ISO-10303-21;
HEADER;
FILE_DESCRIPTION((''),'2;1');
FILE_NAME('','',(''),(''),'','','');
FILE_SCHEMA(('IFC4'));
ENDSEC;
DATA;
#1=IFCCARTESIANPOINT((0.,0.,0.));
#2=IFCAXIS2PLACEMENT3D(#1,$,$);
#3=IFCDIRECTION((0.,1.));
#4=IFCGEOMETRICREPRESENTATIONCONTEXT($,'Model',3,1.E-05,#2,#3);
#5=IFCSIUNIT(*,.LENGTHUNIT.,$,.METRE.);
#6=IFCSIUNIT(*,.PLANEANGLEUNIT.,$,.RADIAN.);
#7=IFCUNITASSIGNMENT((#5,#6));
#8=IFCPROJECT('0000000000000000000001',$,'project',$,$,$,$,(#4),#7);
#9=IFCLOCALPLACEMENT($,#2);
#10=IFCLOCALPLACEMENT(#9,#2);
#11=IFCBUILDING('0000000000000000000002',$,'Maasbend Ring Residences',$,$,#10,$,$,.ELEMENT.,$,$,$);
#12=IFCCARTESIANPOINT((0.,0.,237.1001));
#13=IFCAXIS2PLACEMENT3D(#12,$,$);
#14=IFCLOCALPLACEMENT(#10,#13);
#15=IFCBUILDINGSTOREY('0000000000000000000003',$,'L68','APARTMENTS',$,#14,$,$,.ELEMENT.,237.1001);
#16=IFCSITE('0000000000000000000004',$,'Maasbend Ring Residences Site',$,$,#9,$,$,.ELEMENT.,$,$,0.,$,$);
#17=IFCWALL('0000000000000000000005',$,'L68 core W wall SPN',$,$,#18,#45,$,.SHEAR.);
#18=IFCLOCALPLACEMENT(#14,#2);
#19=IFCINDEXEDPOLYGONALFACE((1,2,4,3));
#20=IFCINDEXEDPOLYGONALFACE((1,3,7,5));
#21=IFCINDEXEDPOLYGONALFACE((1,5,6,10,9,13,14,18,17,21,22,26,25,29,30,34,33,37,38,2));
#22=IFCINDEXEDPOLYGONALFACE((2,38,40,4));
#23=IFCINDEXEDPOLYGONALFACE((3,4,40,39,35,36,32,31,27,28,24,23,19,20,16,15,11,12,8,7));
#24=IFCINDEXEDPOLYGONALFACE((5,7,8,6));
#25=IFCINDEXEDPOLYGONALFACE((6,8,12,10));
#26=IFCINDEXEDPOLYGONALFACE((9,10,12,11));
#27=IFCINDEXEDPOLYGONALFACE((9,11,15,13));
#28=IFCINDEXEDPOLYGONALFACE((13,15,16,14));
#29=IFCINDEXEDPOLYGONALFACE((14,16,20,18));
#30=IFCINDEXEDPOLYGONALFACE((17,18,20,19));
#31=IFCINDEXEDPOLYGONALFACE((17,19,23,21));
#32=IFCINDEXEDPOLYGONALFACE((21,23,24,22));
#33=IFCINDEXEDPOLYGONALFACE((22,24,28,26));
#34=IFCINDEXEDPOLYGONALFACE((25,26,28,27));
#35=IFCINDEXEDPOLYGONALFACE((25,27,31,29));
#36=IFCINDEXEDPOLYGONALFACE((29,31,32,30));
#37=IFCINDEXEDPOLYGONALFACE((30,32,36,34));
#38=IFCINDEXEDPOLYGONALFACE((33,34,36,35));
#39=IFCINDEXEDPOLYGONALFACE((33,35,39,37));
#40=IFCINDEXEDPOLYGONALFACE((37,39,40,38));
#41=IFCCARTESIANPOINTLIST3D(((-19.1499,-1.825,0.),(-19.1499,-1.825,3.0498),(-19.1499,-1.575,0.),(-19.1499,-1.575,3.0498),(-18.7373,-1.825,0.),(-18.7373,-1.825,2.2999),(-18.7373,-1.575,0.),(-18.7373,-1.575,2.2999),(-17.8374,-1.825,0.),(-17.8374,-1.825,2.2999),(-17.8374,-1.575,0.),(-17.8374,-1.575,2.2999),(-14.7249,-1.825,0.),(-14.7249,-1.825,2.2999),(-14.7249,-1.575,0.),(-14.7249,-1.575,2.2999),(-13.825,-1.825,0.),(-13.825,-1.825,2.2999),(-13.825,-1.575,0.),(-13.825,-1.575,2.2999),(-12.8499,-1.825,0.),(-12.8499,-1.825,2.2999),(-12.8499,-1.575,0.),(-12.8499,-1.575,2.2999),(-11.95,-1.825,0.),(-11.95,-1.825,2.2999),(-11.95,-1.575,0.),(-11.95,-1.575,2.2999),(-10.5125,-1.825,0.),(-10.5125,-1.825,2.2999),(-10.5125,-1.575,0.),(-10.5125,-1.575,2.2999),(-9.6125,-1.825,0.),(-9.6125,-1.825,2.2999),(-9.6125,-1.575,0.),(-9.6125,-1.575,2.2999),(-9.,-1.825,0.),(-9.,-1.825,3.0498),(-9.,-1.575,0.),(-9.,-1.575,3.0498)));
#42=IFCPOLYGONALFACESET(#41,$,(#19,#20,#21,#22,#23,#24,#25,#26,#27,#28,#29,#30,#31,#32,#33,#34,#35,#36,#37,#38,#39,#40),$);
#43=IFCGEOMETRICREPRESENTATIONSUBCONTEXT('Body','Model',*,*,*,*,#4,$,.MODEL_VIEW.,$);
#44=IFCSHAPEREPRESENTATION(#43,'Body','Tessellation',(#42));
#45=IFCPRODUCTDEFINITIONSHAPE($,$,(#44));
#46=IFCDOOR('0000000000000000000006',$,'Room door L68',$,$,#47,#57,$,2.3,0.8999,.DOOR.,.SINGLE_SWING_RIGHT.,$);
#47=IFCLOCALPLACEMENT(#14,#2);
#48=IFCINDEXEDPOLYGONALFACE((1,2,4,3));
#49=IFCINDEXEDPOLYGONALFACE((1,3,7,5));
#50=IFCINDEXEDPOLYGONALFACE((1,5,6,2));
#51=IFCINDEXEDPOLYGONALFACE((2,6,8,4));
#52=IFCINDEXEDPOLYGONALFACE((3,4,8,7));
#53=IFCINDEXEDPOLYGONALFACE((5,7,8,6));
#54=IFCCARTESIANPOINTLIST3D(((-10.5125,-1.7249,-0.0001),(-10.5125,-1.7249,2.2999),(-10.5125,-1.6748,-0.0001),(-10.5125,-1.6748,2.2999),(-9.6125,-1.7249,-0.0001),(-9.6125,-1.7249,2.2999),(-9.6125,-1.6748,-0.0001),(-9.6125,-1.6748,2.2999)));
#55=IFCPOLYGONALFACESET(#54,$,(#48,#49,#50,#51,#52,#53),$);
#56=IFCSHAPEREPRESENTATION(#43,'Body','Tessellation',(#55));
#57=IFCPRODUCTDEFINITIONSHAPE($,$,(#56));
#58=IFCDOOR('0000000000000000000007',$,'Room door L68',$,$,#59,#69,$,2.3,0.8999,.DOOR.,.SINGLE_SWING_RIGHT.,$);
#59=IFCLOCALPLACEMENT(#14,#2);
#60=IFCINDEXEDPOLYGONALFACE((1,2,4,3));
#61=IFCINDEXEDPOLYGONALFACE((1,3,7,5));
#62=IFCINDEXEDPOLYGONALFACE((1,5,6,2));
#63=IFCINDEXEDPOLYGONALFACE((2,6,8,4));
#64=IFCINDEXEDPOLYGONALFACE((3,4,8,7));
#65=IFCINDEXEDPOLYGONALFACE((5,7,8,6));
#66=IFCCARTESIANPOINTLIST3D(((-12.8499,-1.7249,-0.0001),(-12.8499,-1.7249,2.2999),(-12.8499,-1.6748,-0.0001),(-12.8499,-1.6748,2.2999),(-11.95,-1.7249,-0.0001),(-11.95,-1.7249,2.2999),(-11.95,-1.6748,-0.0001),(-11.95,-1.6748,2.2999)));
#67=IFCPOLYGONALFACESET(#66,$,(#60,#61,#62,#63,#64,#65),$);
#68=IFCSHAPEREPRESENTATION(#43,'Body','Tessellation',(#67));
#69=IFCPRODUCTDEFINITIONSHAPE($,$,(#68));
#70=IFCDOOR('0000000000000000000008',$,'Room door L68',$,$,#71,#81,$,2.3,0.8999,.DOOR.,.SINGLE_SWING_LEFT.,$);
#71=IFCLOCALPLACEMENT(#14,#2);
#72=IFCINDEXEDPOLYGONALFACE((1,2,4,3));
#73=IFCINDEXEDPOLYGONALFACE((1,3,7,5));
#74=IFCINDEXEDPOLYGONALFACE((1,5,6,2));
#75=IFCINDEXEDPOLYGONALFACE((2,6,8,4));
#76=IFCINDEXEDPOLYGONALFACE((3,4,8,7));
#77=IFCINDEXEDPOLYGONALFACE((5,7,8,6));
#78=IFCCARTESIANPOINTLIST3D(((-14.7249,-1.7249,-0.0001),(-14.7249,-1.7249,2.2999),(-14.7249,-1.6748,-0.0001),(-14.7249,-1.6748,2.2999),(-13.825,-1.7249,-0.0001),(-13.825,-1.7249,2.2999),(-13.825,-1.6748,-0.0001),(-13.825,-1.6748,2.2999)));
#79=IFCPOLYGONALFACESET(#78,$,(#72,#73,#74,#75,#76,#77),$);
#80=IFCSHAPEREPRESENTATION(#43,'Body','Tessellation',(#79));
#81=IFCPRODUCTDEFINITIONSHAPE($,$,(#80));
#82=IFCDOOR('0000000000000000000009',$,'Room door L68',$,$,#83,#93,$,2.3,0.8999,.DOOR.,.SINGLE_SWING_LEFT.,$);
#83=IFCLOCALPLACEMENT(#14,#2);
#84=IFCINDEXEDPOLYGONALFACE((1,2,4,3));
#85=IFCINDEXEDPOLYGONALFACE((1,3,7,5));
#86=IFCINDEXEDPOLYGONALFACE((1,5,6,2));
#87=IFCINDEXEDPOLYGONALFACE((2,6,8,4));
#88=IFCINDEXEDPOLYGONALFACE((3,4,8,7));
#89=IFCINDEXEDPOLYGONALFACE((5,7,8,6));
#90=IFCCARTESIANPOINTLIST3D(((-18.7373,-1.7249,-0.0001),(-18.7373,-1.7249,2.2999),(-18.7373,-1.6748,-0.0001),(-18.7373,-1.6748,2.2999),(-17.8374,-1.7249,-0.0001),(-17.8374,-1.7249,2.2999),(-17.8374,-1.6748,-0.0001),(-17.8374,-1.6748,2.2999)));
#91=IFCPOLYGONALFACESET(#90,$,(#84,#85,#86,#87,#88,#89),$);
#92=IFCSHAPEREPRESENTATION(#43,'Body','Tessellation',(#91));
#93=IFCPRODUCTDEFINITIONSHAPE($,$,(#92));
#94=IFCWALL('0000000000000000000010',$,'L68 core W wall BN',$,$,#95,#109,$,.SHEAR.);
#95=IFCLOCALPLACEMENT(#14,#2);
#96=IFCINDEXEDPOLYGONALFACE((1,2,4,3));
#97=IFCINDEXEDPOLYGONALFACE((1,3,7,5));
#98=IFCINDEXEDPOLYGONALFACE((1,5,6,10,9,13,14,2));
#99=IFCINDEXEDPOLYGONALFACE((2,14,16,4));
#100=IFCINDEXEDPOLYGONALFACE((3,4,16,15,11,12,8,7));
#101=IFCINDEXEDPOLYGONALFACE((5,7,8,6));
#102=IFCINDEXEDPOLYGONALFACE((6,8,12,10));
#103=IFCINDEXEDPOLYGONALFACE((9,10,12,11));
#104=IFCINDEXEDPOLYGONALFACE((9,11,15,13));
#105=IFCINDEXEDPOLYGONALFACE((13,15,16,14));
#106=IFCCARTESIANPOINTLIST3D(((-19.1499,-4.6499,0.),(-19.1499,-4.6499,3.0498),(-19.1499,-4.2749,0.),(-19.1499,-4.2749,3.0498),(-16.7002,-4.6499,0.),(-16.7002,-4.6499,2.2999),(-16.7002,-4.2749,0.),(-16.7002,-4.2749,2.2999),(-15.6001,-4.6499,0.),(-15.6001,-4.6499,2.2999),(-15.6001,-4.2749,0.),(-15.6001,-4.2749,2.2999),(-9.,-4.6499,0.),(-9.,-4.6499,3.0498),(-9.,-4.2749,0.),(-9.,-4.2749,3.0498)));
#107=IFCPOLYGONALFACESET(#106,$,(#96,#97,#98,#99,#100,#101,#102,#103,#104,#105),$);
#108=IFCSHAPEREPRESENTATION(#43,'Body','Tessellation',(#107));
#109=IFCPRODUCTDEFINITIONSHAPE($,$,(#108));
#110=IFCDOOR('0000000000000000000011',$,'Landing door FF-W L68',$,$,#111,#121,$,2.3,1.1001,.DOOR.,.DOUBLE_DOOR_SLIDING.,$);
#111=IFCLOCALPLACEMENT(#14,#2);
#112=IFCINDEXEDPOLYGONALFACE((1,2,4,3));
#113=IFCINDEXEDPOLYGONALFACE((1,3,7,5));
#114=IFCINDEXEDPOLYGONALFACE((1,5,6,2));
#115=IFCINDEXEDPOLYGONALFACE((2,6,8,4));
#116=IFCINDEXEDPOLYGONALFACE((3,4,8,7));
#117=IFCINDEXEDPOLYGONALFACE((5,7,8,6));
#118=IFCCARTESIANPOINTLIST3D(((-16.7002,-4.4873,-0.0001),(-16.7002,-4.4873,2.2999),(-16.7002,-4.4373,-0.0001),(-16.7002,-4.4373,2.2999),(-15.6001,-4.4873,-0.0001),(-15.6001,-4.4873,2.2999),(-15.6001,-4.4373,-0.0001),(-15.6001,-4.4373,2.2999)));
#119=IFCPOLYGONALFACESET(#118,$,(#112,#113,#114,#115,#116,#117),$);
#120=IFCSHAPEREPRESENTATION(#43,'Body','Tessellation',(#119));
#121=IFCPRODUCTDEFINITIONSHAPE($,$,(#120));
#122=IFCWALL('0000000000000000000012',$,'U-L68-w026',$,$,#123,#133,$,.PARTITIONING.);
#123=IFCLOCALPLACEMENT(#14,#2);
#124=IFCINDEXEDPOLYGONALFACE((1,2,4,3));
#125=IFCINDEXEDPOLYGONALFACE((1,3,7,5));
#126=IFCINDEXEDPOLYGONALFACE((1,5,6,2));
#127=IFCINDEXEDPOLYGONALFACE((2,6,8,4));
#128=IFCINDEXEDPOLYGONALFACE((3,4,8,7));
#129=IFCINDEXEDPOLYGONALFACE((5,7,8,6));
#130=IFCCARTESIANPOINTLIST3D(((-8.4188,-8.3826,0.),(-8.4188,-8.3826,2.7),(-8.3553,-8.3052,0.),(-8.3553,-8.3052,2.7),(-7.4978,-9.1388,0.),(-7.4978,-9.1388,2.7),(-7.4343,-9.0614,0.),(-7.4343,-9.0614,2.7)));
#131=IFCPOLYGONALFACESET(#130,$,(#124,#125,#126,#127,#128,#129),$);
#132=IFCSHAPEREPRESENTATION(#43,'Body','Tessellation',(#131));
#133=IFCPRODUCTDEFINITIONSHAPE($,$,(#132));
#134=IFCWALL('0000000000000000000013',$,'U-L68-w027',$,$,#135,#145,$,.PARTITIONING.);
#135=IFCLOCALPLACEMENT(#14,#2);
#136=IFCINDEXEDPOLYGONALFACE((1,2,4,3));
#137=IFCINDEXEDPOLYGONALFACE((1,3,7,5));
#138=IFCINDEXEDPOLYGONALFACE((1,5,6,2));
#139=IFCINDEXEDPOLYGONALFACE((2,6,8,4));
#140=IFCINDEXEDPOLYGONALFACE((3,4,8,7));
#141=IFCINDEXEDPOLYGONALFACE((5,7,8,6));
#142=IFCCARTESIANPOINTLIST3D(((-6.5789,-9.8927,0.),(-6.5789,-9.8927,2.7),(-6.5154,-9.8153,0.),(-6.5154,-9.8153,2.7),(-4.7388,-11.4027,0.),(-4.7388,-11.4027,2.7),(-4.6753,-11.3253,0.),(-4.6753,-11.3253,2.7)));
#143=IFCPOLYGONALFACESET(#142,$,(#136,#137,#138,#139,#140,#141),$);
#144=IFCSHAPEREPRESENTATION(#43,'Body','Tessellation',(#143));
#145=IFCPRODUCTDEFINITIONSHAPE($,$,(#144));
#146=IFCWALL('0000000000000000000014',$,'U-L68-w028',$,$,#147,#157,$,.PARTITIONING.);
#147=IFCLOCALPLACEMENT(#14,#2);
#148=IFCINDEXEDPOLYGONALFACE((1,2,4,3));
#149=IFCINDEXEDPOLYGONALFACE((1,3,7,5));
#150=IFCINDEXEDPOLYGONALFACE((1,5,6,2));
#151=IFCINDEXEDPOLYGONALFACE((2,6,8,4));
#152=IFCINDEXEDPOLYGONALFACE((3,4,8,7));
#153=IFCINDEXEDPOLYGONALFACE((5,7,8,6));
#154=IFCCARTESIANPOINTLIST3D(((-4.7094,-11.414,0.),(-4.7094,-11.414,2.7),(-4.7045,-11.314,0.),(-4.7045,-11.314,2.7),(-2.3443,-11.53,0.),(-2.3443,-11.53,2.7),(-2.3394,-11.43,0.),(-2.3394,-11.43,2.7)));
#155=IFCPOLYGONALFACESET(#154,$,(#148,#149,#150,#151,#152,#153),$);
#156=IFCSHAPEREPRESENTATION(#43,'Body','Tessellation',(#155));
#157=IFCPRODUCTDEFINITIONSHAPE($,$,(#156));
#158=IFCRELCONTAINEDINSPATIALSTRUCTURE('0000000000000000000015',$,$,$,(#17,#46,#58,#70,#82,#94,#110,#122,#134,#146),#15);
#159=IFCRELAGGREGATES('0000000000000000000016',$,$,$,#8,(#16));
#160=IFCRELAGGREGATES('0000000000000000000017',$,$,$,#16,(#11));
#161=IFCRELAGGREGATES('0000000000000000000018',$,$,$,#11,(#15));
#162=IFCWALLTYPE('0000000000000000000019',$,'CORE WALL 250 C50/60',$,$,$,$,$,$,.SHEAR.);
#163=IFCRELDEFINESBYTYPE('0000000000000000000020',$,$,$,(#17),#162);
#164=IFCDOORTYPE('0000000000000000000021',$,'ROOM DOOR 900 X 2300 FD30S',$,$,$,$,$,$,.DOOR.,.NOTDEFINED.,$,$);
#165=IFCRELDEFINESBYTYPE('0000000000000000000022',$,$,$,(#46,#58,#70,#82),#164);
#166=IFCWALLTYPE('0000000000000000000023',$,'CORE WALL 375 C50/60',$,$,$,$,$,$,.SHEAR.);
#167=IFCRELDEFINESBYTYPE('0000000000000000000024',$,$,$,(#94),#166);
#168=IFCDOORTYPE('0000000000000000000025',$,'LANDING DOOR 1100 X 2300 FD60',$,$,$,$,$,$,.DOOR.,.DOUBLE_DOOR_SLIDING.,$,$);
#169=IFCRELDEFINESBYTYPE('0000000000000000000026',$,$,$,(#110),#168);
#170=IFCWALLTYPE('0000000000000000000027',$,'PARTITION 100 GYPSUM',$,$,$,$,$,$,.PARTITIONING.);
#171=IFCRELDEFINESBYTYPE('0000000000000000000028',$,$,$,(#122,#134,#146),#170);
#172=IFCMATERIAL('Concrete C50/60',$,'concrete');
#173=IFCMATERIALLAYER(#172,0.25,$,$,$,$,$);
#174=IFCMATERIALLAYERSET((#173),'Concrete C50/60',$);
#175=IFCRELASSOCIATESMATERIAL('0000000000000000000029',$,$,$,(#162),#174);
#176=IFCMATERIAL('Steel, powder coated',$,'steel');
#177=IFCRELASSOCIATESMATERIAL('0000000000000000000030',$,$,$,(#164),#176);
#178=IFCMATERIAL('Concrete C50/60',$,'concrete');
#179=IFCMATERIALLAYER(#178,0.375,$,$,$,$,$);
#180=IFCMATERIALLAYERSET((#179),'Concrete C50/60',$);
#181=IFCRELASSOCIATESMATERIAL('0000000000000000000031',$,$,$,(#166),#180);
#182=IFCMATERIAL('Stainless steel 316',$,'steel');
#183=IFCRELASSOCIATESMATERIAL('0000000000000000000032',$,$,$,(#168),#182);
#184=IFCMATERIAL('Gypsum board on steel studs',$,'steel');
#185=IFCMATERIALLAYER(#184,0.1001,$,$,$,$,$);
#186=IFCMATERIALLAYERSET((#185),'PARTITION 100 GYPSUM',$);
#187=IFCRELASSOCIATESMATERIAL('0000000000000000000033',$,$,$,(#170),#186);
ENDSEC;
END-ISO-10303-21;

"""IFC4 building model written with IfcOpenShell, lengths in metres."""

from ifc_helpers import new_model, si_unit, direction, frame, frame_2d, origin, place, context, subcontext, project, spatial, rectangle, extrude, material, layer, layer_set, type_object, element, fill, save


model = new_model("IFC4")

# Units and contexts
model_context = context("Model", 3, precision=1e-05, world=origin(), true_north=direction((0.0, 1.0)))
body_context = subcontext(model_context, "Body", "Model", "MODEL_VIEW")
ifc_project = project(units=[si_unit("LENGTHUNIT", "METRE"), si_unit("PLANEANGLEUNIT", "RADIAN")], contexts=[model_context])

# Site, building, storey
site_placement = place(None, origin())
site = spatial("IfcSite", under=ifc_project, at=site_placement, Name="Maasbend Ring Residences Site", CompositionType="ELEMENT", RefElevation=0.0)
building_placement = place(site_placement, origin())
building = spatial("IfcBuilding", under=site, at=building_placement, Name="Maasbend Ring Residences", CompositionType="ELEMENT")
storey_placement = place(building_placement, frame((0.0, 0.0, 237.1001)))
storey = spatial("IfcBuildingStorey", under=building, at=storey_placement, Name="L68", Description="APARTMENTS", CompositionType="ELEMENT", Elevation=237.1001)

# Wall, openings, doors
ifc_material_1 = material(Name="Concrete C50/60", Category="concrete")
ifc_layer_1 = layer(ifc_material_1, 0.25)
ifc_layer_set_1 = layer_set([ifc_layer_1], Name="Concrete C50/60")
wall_type_1 = type_object("IfcWallType", Name="CORE WALL 250 C50/60", PredefinedType="SHEAR", material=ifc_layer_set_1)
wall_1_placement = place(storey_placement, frame((-9.0, -1.7, 0.0), z_axis=(0.0, 0.0, 1.0), x_axis=(-1.0, 0.0, 0.0)))
wall_1 = element("IfcWall", 1, at=wall_1_placement, inside=storey, type_object=wall_type_1, Name="L68 core W wall SPN", PredefinedType="SHEAR", context=body_context, shape_type="SweptSolid", body=[
    extrude(rectangle(XDim=10.1499, YDim=0.25, at=frame_2d((5.075, 0.0))), origin(), (0.0, 0.0, 1.0), 3.0498),
])
opening_1_placement = place(wall_1_placement, frame((0.6125, 0.0, 0.0)))
opening_1 = element("IfcOpeningElement", 2, at=opening_1_placement, cuts=wall_1, PredefinedType="OPENING", context=body_context, shape_type="SweptSolid", body=[
    extrude(rectangle(XDim=0.8999, YDim=2.3, at=frame_2d((0.45, 1.1499))), frame((0.0, 0.135, 0.0), z_axis=(0.0, -1.0, 0.0), x_axis=(1.0, 0.0, 0.0)), (0.0, 0.0, 1.0), 0.27),
])
opening_2_placement = place(wall_1_placement, frame((2.95, 0.0, 0.0)))
opening_2 = element("IfcOpeningElement", 3, at=opening_2_placement, cuts=wall_1, PredefinedType="OPENING", context=body_context, shape_type="SweptSolid", body=[
    extrude(rectangle(XDim=0.8999, YDim=2.3, at=frame_2d((0.45, 1.1499))), frame((0.0, 0.135, 0.0), z_axis=(0.0, -1.0, 0.0), x_axis=(1.0, 0.0, 0.0)), (0.0, 0.0, 1.0), 0.27),
])
opening_3_placement = place(wall_1_placement, frame((4.825, 0.0, 0.0)))
opening_3 = element("IfcOpeningElement", 4, at=opening_3_placement, cuts=wall_1, PredefinedType="OPENING", context=body_context, shape_type="SweptSolid", body=[
    extrude(rectangle(XDim=0.8999, YDim=2.3, at=frame_2d((0.45, 1.1499))), frame((0.0, 0.135, 0.0), z_axis=(0.0, -1.0, 0.0), x_axis=(1.0, 0.0, 0.0)), (0.0, 0.0, 1.0), 0.27),
])
opening_4_placement = place(wall_1_placement, frame((8.8374, 0.0, 0.0)))
opening_4 = element("IfcOpeningElement", 5, at=opening_4_placement, cuts=wall_1, PredefinedType="OPENING", context=body_context, shape_type="SweptSolid", body=[
    extrude(rectangle(XDim=0.8999, YDim=2.3, at=frame_2d((0.45, 1.1499))), frame((0.0, 0.135, 0.0), z_axis=(0.0, -1.0, 0.0), x_axis=(1.0, 0.0, 0.0)), (0.0, 0.0, 1.0), 0.27),
])
ifc_material_2 = material(Name="Steel, powder coated", Category="steel")
door_type_1 = type_object("IfcDoorType", Name="ROOM DOOR 900 X 2300 FD30S", OperationType="NOTDEFINED", PredefinedType="DOOR", material=ifc_material_2)
door_1_placement = place(opening_1_placement, origin())
door_1 = element("IfcDoor", 6, at=door_1_placement, inside=storey, type_object=door_type_1, Name="Room door L68", OperationType="SINGLE_SWING_RIGHT", OverallHeight=2.3, OverallWidth=0.8999, PredefinedType="DOOR", context=body_context, shape_type="SweptSolid", body=[
    extrude(rectangle(XDim=0.8999, YDim=2.3, at=frame_2d((0.45, 1.1499))), frame((0.0, 0.0249, 0.0), z_axis=(0.0, -1.0, 0.0), x_axis=(1.0, 0.0, 0.0)), (0.0, 0.0, 1.0), 0.05),
])
fill(opening_1, door_1)
door_2_placement = place(opening_2_placement, origin())
door_2 = element("IfcDoor", 7, at=door_2_placement, inside=storey, type_object=door_type_1, Name="Room door L68", OperationType="SINGLE_SWING_RIGHT", OverallHeight=2.3, OverallWidth=0.8999, PredefinedType="DOOR", context=body_context, shape_type="SweptSolid", body=[
    extrude(rectangle(XDim=0.8999, YDim=2.3, at=frame_2d((0.45, 1.1499))), frame((0.0, 0.0249, 0.0), z_axis=(0.0, -1.0, 0.0), x_axis=(1.0, 0.0, 0.0)), (0.0, 0.0, 1.0), 0.05),
])
fill(opening_2, door_2)
door_3_placement = place(opening_3_placement, origin())
door_3 = element("IfcDoor", 8, at=door_3_placement, inside=storey, type_object=door_type_1, Name="Room door L68", OperationType="SINGLE_SWING_LEFT", OverallHeight=2.3, OverallWidth=0.8999, PredefinedType="DOOR", context=body_context, shape_type="SweptSolid", body=[
    extrude(rectangle(XDim=0.8999, YDim=2.3, at=frame_2d((0.45, 1.1499))), frame((0.0, 0.0249, 0.0), z_axis=(0.0, -1.0, 0.0), x_axis=(1.0, 0.0, 0.0)), (0.0, 0.0, 1.0), 0.05),
])
fill(opening_3, door_3)
door_4_placement = place(opening_4_placement, origin())
door_4 = element("IfcDoor", 9, at=door_4_placement, inside=storey, type_object=door_type_1, Name="Room door L68", OperationType="SINGLE_SWING_LEFT", OverallHeight=2.3, OverallWidth=0.8999, PredefinedType="DOOR", context=body_context, shape_type="SweptSolid", body=[
    extrude(rectangle(XDim=0.8999, YDim=2.3, at=frame_2d((0.45, 1.1499))), frame((0.0, 0.0249, 0.0), z_axis=(0.0, -1.0, 0.0), x_axis=(1.0, 0.0, 0.0)), (0.0, 0.0, 1.0), 0.05),
])
fill(opening_4, door_4)

# Wall, opening, door
ifc_material_3 = material(Name="Concrete C50/60", Category="concrete")
ifc_layer_2 = layer(ifc_material_3, 0.375)
ifc_layer_set_2 = layer_set([ifc_layer_2], Name="Concrete C50/60")
wall_type_2 = type_object("IfcWallType", Name="CORE WALL 375 C50/60", PredefinedType="SHEAR", material=ifc_layer_set_2)
wall_2_placement = place(storey_placement, frame((-9.0, -4.4624, 0.0), z_axis=(0.0, 0.0, 1.0), x_axis=(-1.0, 0.0, 0.0)))
wall_2 = element("IfcWall", 10, at=wall_2_placement, inside=storey, type_object=wall_type_2, Name="L68 core W wall BN", PredefinedType="SHEAR", context=body_context, shape_type="SweptSolid", body=[
    extrude(rectangle(XDim=10.1499, YDim=0.375, at=frame_2d((5.075, 0.0))), origin(), (0.0, 0.0, 1.0), 3.0498),
])
opening_5_placement = place(wall_2_placement, frame((6.6001, 0.0, 0.0)))
opening_5 = element("IfcOpeningElement", 11, at=opening_5_placement, cuts=wall_2, PredefinedType="OPENING", context=body_context, shape_type="SweptSolid", body=[
    extrude(rectangle(XDim=1.1001, YDim=2.3, at=frame_2d((0.55, 1.1499))), frame((0.0, 0.1975, 0.0), z_axis=(0.0, -1.0, 0.0), x_axis=(1.0, 0.0, 0.0)), (0.0, 0.0, 1.0), 0.395),
])
ifc_material_4 = material(Name="Stainless steel 316", Category="steel")
door_type_2 = type_object("IfcDoorType", Name="LANDING DOOR 1100 X 2300 FD60", OperationType="DOUBLE_DOOR_SLIDING", PredefinedType="DOOR", material=ifc_material_4)
door_5_placement = place(opening_5_placement, origin())
door_5 = element("IfcDoor", 12, at=door_5_placement, inside=storey, type_object=door_type_2, Name="Landing door FF-W L68", OperationType="DOUBLE_DOOR_SLIDING", OverallHeight=2.3, OverallWidth=1.1001, PredefinedType="DOOR", context=body_context, shape_type="SweptSolid", body=[
    extrude(rectangle(XDim=1.1001, YDim=2.3, at=frame_2d((0.55, 1.1499))), frame((0.0, 0.0249, 0.0), z_axis=(0.0, -1.0, 0.0), x_axis=(1.0, 0.0, 0.0)), (0.0, 0.0, 1.0), 0.05),
])
fill(opening_5, door_5)

# Walls
ifc_material_5 = material(Name="Gypsum board on steel studs", Category="steel")
ifc_layer_3 = layer(ifc_material_5, 0.1001)
ifc_layer_set_3 = layer_set([ifc_layer_3], Name="PARTITION 100 GYPSUM")
wall_type_3 = type_object("IfcWallType", Name="PARTITION 100 GYPSUM", PredefinedType="PARTITIONING", material=ifc_layer_set_3)
wall_3_placement = place(storey_placement, frame((-8.387, -8.344, 0.0), z_axis=(0.0, 0.0, 1.0), x_axis=(0.77287, -0.634565, 0.0)))
element("IfcWall", 13, at=wall_3_placement, inside=storey, type_object=wall_type_3, Name="U-L68-w026", PredefinedType="PARTITIONING", context=body_context, shape_type="SweptSolid", body=[
    extrude(rectangle(XDim=1.1917, YDim=0.1001, at=frame_2d((0.5957, 0.0))), origin(), (0.0, 0.0, 1.0), 2.7),
])
wall_4_placement = place(storey_placement, frame((-6.5471, -9.854, 0.0), z_axis=(0.0, 0.0, 1.0), x_axis=(0.773033, -0.634365, 0.0)))
element("IfcWall", 14, at=wall_4_placement, inside=storey, type_object=wall_type_3, Name="U-L68-w027", PredefinedType="PARTITIONING", context=body_context, shape_type="SweptSolid", body=[
    extrude(rectangle(XDim=2.3804, YDim=0.1001, at=frame_2d((1.1902, 0.0))), origin(), (0.0, 0.0, 1.0), 2.7),
])
wall_5_placement = place(storey_placement, frame((-4.707, -11.364, 0.0), z_axis=(0.0, 0.0, 1.0), x_axis=(0.9988, -0.048976, 0.0)))
element("IfcWall", 15, at=wall_5_placement, inside=storey, type_object=wall_type_3, Name="U-L68-w028", PredefinedType="PARTITIONING", context=body_context, shape_type="SweptSolid", body=[
    extrude(rectangle(XDim=2.3679, YDim=0.1001, at=frame_2d((1.1841, 0.0))), origin(), (0.0, 0.0, 1.0), 2.7),
])

save(model, "model.ifc")
